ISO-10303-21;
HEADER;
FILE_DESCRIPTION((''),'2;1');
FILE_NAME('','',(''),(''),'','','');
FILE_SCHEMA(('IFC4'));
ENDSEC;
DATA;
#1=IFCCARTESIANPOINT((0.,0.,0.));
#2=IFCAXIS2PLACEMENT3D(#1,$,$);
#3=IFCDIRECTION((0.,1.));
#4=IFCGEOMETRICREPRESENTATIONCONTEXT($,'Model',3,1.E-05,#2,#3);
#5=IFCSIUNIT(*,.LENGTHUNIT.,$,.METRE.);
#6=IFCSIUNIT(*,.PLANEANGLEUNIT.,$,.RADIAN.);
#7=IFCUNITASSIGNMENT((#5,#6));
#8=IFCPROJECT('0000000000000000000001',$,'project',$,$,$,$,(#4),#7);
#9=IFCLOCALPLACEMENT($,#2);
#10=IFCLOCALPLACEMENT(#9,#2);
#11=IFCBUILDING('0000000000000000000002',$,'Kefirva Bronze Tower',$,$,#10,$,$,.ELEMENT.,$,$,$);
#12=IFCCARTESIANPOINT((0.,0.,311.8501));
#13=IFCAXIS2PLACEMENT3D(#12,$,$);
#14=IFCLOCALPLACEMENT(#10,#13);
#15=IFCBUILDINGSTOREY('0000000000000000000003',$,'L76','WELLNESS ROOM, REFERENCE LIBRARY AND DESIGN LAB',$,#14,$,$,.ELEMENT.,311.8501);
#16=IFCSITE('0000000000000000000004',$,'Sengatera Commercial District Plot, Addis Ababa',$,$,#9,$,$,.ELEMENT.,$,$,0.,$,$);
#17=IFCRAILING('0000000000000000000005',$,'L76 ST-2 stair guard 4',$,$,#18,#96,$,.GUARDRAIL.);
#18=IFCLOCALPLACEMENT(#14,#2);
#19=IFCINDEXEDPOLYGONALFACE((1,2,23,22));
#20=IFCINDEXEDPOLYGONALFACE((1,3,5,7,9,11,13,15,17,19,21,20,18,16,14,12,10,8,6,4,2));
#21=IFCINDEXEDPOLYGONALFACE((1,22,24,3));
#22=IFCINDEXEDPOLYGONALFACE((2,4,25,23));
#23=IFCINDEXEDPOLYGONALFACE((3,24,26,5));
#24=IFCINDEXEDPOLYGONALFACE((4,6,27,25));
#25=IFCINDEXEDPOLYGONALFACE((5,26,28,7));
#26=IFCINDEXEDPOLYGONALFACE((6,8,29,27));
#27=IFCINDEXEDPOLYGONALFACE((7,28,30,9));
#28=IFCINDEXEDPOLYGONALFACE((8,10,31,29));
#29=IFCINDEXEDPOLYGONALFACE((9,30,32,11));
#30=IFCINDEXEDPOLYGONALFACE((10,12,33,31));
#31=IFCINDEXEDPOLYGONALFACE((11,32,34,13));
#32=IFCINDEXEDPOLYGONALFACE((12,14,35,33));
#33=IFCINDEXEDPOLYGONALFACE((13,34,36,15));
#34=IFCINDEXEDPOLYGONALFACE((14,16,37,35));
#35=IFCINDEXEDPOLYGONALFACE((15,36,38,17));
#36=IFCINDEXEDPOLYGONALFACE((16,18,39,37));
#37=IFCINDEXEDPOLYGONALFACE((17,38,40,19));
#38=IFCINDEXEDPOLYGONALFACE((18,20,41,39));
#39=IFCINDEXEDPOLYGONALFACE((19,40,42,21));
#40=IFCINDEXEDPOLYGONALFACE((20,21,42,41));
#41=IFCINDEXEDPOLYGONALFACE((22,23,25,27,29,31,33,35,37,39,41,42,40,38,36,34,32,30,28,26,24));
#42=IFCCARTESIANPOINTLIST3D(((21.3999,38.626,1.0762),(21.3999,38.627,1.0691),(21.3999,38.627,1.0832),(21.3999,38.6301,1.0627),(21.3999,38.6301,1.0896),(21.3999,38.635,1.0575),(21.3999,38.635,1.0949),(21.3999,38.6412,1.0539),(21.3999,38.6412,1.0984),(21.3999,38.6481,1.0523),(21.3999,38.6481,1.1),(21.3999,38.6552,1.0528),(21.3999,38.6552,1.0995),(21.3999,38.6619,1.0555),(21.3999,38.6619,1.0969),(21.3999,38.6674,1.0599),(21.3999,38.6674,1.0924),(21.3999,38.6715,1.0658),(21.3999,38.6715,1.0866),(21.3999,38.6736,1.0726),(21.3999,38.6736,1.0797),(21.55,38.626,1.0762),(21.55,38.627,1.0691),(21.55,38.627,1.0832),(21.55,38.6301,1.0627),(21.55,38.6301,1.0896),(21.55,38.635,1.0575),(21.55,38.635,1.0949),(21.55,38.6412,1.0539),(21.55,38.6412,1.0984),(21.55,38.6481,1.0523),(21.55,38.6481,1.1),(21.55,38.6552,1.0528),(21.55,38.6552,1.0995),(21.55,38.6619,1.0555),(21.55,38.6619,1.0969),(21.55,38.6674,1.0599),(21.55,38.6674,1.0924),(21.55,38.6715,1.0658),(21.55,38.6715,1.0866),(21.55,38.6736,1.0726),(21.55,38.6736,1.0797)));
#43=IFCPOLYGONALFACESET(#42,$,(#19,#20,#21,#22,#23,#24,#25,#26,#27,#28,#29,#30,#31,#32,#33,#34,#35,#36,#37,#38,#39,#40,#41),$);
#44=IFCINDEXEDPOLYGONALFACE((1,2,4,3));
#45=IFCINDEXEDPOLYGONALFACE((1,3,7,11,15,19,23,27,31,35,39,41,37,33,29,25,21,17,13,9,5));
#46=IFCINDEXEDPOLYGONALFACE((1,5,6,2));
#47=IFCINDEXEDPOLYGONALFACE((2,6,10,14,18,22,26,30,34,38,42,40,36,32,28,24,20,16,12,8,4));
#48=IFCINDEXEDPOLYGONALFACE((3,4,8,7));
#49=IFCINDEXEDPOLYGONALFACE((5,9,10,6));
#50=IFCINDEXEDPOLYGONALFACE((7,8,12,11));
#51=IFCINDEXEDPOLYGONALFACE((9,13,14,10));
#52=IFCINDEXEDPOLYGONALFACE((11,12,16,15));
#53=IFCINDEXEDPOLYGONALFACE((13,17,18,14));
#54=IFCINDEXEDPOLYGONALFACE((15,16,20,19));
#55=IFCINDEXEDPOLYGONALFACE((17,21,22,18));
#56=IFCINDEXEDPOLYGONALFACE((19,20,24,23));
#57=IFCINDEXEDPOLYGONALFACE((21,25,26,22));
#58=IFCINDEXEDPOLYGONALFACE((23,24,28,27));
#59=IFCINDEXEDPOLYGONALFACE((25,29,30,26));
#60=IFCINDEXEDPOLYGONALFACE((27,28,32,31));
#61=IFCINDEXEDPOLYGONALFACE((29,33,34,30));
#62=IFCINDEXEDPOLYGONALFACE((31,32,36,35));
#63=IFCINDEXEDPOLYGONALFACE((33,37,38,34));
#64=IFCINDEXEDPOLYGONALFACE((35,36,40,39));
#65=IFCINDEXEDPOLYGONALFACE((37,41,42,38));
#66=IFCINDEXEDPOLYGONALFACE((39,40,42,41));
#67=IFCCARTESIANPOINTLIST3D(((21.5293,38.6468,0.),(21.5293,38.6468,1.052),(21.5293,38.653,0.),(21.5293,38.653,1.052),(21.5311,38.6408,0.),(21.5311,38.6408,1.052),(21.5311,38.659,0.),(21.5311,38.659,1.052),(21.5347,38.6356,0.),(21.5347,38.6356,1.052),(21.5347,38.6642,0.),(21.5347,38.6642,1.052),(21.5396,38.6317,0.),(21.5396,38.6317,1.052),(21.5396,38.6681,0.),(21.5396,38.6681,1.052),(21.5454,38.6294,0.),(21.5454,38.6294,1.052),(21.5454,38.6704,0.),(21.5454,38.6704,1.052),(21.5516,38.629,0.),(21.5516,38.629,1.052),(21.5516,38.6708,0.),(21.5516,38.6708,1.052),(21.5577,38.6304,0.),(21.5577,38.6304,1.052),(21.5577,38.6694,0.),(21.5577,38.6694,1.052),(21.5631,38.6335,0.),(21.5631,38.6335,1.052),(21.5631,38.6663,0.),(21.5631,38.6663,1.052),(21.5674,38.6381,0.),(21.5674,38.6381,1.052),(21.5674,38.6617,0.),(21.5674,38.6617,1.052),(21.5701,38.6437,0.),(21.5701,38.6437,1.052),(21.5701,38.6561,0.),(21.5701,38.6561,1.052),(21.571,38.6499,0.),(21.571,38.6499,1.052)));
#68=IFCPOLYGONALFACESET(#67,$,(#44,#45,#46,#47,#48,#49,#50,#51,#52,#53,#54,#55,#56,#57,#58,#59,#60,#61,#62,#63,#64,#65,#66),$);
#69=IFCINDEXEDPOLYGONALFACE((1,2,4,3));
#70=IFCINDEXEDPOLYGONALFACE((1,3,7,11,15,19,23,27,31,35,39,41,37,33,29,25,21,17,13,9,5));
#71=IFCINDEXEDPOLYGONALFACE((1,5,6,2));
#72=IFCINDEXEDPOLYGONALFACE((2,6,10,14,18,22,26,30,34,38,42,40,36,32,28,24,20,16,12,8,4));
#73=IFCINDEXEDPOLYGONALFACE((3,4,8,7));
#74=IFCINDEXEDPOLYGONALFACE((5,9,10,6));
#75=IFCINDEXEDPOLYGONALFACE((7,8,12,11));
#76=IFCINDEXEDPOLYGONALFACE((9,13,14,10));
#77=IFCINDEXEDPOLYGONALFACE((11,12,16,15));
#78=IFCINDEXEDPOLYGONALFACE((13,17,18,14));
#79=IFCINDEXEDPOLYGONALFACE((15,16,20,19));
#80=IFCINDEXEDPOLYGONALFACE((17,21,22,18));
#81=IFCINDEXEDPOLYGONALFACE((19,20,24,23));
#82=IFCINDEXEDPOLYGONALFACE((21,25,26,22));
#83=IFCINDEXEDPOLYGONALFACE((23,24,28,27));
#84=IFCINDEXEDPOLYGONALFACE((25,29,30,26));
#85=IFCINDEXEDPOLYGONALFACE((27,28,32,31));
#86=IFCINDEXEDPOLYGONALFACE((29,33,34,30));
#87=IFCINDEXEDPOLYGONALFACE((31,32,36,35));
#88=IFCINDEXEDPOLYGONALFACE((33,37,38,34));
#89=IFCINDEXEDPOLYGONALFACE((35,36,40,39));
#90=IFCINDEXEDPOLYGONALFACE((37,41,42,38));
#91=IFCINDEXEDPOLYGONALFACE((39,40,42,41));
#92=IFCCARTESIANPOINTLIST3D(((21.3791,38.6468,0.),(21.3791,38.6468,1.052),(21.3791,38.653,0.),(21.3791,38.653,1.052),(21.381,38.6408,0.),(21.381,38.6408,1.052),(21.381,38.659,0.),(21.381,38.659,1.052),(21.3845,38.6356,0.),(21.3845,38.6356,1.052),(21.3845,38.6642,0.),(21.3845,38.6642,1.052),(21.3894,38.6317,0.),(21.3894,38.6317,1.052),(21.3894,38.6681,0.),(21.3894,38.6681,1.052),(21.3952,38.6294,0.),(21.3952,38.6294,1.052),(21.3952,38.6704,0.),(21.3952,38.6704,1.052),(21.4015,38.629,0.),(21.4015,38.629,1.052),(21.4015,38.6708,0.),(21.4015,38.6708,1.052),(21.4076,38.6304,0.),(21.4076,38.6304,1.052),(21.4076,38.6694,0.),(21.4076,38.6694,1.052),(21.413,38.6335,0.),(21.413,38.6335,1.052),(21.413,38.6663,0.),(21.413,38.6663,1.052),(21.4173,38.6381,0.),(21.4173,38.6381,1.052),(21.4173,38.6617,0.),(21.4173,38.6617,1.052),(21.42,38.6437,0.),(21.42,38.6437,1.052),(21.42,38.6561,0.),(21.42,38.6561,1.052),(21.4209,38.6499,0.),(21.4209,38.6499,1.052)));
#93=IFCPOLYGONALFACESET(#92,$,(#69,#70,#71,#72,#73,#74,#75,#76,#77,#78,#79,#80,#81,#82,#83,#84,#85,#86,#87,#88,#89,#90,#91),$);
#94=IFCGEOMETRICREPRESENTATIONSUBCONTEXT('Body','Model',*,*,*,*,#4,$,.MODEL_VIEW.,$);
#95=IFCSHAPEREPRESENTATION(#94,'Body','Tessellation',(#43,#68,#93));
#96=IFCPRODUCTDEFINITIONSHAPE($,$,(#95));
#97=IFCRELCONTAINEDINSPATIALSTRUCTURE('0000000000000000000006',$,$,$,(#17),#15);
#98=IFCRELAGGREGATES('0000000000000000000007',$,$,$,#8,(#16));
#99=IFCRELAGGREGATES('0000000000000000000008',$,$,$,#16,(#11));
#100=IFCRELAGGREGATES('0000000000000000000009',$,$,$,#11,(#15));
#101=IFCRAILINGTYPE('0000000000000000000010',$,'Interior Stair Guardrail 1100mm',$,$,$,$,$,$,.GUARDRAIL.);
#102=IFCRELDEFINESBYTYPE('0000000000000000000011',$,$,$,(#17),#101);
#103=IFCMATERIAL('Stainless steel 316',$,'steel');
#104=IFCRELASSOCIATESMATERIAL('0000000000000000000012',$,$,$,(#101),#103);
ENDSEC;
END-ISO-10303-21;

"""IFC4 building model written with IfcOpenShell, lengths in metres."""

from ifc_helpers import new_model, si_unit, direction, frame, origin, origin_2d, place, context, subcontext, project, spatial, circle, extrude, material, type_object, element, save


model = new_model("IFC4")

# Units and contexts
model_context = context("Model", 3, precision=1e-05, world=origin(), true_north=direction((0.0, 1.0)))
body_context = subcontext(model_context, "Body", "Model", "MODEL_VIEW")
ifc_project = project(units=[si_unit("LENGTHUNIT", "METRE"), si_unit("PLANEANGLEUNIT", "RADIAN")], contexts=[model_context])

# Site, building, storey
site_placement = place(None, origin())
site = spatial("IfcSite", under=ifc_project, at=site_placement, Name="Sengatera Commercial District Plot, Addis Ababa", CompositionType="ELEMENT", RefElevation=0.0)
building_placement = place(site_placement, origin())
building = spatial("IfcBuilding", under=site, at=building_placement, Name="Kefirva Bronze Tower", CompositionType="ELEMENT")
storey_placement = place(building_placement, frame((0.0, 0.0, 311.8501)))
storey = spatial("IfcBuildingStorey", under=building, at=storey_placement, Name="L76", Description="WELLNESS ROOM, REFERENCE LIBRARY AND DESIGN LAB", CompositionType="ELEMENT", Elevation=311.8501)

# Shared definitions
ifc_material_1 = material(Name="Stainless steel 316", Category="steel")

# Railing
railing_type_1 = type_object("IfcRailingType", Name="Interior Stair Guardrail 1100mm", PredefinedType="GUARDRAIL", material=ifc_material_1)
railing_1_placement = place(storey_placement, frame((21.55, 38.6499, 0.0)))
element("IfcRailing", 1, at=railing_1_placement, inside=storey, type_object=railing_type_1, Name="L76 ST-2 stair guard 4", PredefinedType="GUARDRAIL", context=body_context, shape_type="SweptSolid", body=[
    extrude(circle(Radius=0.0239, at=origin_2d()), frame((0.0, 0.0, 1.0762), z_axis=(-1.0, 0.0, 0.0), x_axis=(0.0, -1.0, 0.0)), (0.0, 0.0, 1.0), 0.1501),
    extrude(circle(Radius=0.021, at=origin_2d()), origin(), (0.0, 0.0, 1.0), 1.052),
    extrude(circle(Radius=0.021, at=origin_2d()), frame((-0.1501, 0.0, 0.0)), (0.0, 0.0, 1.0), 1.052),
])

save(model, "model.ifc")
